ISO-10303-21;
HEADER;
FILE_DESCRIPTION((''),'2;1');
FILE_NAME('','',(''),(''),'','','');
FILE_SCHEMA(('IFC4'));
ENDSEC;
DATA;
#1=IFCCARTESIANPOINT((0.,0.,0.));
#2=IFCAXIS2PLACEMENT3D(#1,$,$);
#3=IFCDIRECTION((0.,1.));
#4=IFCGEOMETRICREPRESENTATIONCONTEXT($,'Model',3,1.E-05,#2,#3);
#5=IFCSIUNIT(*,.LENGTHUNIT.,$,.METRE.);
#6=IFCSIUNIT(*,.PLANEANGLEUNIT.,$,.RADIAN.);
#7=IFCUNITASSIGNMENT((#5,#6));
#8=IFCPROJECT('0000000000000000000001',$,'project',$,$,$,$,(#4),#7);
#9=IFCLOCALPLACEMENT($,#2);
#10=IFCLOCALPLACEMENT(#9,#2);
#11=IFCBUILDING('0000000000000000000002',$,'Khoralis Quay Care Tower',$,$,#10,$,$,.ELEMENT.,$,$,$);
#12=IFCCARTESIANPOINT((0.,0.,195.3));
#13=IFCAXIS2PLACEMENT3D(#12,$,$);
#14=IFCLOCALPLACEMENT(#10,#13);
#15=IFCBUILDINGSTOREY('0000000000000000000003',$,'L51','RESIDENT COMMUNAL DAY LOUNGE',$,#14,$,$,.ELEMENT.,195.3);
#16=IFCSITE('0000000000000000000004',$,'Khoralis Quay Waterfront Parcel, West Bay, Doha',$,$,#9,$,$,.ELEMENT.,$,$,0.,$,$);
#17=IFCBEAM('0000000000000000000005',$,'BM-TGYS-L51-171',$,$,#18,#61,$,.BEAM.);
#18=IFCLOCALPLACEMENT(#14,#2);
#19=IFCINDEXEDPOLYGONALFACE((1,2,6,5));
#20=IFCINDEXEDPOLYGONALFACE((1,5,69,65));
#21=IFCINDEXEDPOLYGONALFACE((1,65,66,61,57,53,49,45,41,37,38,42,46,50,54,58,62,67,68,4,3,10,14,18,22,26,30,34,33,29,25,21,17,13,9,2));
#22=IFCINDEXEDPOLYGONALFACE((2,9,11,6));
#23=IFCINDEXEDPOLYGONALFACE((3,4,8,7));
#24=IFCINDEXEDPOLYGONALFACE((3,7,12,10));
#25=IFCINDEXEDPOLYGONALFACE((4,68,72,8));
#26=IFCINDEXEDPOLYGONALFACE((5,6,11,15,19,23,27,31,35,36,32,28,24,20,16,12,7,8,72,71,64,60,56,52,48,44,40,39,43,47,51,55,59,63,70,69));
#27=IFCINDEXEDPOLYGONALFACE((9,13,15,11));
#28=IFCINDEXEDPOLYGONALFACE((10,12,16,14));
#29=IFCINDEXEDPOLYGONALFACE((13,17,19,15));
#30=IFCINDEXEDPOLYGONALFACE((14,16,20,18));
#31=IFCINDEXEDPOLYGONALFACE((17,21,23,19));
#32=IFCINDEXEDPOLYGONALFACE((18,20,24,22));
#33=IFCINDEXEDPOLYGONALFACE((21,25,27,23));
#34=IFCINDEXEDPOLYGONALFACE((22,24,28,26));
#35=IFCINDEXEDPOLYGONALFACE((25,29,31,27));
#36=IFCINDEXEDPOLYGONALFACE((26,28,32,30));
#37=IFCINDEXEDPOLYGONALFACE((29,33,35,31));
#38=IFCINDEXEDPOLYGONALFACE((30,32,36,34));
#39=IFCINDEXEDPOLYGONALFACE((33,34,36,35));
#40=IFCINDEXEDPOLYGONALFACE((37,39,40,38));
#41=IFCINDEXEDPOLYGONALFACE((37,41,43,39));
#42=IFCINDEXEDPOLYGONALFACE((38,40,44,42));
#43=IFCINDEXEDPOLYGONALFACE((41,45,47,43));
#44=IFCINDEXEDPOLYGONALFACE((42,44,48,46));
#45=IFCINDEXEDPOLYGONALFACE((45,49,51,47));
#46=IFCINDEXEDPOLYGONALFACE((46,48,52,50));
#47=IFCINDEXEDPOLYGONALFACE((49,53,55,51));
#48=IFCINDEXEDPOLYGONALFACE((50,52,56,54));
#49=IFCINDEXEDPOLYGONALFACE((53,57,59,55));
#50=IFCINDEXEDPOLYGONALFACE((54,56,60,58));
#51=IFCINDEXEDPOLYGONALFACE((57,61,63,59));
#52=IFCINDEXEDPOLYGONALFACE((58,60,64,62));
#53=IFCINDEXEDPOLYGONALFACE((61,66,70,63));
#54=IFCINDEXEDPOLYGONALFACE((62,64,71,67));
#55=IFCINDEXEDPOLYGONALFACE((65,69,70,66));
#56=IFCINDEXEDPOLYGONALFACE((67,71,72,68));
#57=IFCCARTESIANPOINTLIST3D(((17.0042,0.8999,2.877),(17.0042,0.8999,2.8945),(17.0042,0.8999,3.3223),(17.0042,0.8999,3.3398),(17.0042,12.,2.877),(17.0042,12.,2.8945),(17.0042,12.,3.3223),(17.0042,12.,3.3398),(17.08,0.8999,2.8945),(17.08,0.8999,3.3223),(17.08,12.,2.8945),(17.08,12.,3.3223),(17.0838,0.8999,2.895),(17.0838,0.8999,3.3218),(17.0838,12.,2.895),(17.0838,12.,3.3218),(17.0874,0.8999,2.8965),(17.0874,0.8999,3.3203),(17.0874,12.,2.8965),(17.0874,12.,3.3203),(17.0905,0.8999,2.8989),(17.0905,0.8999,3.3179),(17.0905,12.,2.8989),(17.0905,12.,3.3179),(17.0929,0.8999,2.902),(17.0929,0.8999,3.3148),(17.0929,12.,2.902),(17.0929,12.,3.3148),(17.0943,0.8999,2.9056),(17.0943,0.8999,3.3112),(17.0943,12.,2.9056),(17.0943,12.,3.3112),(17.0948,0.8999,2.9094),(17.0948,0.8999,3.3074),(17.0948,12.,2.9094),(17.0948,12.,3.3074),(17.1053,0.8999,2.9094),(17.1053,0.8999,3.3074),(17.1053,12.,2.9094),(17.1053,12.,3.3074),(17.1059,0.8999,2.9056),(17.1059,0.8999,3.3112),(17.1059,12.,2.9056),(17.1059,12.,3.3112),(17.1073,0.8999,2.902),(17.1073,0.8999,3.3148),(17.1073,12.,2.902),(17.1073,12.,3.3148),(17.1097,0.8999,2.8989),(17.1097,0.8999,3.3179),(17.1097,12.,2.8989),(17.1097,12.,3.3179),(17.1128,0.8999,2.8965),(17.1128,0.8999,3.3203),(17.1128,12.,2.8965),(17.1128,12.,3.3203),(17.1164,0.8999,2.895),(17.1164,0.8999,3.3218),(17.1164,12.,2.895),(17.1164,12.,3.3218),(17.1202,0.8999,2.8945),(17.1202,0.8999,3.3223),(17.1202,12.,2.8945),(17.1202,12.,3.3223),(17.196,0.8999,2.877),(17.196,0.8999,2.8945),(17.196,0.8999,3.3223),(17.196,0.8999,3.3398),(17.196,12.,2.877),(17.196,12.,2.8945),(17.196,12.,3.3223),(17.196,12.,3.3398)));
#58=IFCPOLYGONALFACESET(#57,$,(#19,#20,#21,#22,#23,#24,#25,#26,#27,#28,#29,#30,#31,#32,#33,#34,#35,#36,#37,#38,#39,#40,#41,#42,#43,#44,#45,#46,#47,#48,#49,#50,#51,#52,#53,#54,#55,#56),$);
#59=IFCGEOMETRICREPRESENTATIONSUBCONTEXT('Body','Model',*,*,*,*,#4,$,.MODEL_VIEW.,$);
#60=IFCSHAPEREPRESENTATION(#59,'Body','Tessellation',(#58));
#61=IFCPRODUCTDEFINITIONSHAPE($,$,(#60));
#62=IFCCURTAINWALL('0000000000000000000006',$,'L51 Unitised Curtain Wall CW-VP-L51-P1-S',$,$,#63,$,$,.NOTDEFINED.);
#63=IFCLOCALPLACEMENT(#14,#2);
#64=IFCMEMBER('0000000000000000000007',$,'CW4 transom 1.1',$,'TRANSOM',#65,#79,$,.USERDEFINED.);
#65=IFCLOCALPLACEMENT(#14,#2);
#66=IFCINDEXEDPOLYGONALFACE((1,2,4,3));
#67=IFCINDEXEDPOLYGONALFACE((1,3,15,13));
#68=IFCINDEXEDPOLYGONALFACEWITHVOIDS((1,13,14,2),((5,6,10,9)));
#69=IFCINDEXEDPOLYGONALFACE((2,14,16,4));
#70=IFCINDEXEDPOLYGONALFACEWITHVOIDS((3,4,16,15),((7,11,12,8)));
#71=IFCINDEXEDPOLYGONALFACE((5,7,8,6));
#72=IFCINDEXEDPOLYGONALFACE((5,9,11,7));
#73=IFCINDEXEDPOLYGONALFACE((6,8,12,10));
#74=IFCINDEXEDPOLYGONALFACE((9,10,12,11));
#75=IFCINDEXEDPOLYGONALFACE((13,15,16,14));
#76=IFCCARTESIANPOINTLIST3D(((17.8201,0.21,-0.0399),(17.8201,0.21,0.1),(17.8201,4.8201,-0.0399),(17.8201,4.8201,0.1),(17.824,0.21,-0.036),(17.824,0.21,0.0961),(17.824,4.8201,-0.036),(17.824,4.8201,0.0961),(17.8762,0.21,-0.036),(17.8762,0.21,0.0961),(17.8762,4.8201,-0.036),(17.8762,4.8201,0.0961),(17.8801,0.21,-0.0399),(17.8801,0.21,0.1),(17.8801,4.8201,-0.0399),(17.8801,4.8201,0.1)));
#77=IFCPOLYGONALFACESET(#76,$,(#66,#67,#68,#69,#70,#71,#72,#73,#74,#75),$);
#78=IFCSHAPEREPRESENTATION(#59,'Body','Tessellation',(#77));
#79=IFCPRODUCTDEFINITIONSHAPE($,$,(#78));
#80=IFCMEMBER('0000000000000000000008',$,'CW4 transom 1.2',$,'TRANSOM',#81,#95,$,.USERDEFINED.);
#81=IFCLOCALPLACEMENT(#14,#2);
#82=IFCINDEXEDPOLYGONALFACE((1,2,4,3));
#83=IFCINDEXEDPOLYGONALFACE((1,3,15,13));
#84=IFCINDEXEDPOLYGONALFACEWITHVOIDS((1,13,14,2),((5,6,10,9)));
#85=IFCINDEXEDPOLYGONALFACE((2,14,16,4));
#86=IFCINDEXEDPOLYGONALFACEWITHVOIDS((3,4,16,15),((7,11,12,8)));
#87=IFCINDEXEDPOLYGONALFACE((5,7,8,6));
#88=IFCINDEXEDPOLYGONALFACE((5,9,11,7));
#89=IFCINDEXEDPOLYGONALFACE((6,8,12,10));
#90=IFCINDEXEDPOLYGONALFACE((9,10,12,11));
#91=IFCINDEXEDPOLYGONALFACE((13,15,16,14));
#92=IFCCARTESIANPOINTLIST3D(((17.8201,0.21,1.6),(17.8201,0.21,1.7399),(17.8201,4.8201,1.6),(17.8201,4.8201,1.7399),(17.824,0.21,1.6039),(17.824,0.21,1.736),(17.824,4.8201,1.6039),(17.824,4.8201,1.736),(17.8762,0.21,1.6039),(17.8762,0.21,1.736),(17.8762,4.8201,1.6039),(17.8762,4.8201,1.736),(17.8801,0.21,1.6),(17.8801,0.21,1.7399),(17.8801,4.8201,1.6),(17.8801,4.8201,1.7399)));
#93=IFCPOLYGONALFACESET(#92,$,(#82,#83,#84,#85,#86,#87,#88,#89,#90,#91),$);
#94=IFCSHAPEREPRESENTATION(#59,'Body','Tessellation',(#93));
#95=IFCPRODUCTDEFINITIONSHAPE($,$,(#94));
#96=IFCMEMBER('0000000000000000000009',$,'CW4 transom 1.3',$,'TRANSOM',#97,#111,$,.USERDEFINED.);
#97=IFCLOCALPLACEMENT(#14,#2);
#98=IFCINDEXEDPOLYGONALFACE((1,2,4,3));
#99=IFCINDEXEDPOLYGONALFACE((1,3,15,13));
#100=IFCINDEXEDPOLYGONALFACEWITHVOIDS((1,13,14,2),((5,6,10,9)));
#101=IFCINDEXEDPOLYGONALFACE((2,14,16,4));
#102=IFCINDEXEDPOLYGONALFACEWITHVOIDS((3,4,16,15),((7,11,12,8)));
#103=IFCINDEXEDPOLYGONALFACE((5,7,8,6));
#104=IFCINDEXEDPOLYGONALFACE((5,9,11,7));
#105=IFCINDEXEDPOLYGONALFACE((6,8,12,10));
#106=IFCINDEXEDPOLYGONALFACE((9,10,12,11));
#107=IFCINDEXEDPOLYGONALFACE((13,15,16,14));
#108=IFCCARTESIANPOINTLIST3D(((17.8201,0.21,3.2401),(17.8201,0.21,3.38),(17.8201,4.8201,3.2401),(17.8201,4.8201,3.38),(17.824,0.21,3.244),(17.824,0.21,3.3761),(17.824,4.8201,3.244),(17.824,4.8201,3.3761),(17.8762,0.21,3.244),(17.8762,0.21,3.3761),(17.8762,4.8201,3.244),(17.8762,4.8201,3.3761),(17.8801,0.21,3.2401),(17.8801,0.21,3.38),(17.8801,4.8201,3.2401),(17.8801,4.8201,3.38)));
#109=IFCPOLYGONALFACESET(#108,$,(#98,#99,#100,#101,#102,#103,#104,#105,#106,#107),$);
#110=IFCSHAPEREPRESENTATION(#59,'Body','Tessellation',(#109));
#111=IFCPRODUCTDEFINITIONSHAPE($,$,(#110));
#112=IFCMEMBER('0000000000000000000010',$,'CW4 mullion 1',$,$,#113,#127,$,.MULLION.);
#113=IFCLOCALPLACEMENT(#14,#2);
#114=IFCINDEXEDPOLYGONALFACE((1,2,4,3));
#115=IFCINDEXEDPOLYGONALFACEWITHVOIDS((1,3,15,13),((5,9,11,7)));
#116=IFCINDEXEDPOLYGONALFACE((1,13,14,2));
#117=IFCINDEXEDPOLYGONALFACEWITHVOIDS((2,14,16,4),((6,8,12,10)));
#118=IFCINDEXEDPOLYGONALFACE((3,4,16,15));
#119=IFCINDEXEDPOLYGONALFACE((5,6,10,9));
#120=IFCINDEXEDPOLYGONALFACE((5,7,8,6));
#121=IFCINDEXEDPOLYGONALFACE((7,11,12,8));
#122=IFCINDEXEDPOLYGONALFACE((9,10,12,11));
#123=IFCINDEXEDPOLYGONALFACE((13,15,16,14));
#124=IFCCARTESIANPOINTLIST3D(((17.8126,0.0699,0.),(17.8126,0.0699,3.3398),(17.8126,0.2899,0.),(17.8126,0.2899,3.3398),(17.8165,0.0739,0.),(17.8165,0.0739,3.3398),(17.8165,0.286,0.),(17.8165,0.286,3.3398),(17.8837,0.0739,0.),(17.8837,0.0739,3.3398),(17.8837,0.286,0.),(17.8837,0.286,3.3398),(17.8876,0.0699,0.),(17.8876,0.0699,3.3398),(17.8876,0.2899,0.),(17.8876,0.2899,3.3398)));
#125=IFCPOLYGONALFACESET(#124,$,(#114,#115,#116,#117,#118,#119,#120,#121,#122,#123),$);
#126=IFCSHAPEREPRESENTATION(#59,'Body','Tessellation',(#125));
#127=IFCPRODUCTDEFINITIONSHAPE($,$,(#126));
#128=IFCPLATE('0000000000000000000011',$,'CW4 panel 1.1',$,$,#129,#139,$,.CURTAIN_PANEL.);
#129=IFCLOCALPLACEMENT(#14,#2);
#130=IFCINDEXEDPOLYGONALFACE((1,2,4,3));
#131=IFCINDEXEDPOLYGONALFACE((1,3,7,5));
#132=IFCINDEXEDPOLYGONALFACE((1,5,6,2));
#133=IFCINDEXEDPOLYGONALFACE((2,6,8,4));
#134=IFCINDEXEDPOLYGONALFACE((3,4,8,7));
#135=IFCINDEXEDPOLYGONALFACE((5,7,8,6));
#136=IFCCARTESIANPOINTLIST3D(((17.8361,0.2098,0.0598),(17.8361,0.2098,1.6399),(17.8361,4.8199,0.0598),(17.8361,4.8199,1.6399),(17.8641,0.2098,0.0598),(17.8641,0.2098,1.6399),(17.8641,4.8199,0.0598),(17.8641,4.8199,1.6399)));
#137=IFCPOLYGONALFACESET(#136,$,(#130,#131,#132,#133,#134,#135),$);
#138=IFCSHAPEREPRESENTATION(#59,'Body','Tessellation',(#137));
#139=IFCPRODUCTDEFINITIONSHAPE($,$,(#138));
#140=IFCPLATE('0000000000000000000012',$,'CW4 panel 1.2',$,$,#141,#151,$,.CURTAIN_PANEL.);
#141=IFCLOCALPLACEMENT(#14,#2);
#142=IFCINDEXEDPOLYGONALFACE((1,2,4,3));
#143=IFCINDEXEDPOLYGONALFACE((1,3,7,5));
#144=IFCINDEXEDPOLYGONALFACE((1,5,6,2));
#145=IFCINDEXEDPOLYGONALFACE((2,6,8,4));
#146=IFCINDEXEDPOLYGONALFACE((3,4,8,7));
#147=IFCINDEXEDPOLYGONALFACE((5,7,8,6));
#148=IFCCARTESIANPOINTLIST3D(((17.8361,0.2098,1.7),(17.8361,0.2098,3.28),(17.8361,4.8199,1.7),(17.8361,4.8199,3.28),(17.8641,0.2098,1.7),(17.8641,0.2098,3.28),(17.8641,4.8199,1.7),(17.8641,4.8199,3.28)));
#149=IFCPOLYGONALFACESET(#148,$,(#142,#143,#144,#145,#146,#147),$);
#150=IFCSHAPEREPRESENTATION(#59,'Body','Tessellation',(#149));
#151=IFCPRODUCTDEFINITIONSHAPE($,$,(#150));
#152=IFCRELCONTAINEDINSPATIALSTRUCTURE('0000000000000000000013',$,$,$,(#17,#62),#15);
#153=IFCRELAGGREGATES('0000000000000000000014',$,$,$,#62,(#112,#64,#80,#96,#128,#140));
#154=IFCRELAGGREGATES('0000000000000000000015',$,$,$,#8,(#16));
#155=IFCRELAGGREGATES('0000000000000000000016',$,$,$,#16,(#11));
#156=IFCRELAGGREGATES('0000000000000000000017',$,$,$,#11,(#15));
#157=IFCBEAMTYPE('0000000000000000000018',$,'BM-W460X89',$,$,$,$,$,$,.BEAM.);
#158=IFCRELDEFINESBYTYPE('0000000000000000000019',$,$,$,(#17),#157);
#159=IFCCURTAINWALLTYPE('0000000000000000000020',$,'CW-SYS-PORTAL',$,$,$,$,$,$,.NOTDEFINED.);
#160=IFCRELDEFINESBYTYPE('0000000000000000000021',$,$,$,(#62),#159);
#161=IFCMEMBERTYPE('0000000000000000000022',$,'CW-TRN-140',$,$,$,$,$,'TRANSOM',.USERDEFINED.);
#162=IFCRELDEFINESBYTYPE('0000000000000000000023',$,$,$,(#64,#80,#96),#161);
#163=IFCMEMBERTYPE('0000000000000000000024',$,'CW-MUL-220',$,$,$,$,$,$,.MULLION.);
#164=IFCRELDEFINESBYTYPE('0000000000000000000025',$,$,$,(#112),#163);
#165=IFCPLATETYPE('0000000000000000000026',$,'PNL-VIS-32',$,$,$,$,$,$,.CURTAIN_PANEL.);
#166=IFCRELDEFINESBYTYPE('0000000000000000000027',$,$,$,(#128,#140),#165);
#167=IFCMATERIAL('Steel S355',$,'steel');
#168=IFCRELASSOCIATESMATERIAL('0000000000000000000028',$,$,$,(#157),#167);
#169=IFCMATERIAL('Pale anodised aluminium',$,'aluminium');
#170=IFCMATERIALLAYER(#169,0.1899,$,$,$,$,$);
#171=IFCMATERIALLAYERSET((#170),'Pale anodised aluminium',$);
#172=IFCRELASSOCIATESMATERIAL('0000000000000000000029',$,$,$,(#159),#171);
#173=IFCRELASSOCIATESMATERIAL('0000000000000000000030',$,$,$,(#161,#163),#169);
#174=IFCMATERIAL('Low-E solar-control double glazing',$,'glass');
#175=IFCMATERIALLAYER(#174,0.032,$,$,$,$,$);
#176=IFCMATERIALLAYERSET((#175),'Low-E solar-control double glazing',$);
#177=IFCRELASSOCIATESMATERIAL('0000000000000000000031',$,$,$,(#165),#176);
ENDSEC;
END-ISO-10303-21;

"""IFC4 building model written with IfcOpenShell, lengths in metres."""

from ifc_helpers import new_model, si_unit, direction, frame, origin, origin_2d, place, context, subcontext, project, spatial, rectangle, hollow_rectangle, i_section, extrude, source, transform, mapped, material, layer, layer_set, material_profile, profile_set, type_object, element, aggregate, save


model = new_model("IFC4")

# Units and contexts
model_context = context("Model", 3, precision=1e-05, world=origin(), true_north=direction((0.0, 1.0)))
body_context = subcontext(model_context, "Body", "Model", "MODEL_VIEW")
ifc_project = project(units=[si_unit("LENGTHUNIT", "METRE"), si_unit("PLANEANGLEUNIT", "RADIAN")], contexts=[model_context])

# Site, building, storey
site_placement = place(None, origin())
site = spatial("IfcSite", under=ifc_project, at=site_placement, Name="Khoralis Quay Waterfront Parcel, West Bay, Doha", CompositionType="ELEMENT", RefElevation=0.0)
building_placement = place(site_placement, origin())
building = spatial("IfcBuilding", under=site, at=building_placement, Name="Khoralis Quay Care Tower", CompositionType="ELEMENT")
storey_placement = place(building_placement, frame((0.0, 0.0, 195.3)))
storey = spatial("IfcBuildingStorey", under=building, at=storey_placement, Name="L51", Description="RESIDENT COMMUNAL DAY LOUNGE", CompositionType="ELEMENT", Elevation=195.3)

# Beam
ifc_material_1 = material(Name="Steel S355", Category="steel")
ifc_material_profile_1 = material_profile(ifc_material_1, i_section(OverallWidth=0.1919, OverallDepth=0.4629, WebThickness=0.0105, FlangeThickness=0.0176, FilletRadius=0.0149, at=origin_2d()), Name="Steel S355")
ifc_profile_set_1 = profile_set([ifc_material_profile_1], Name="Steel S355")
beam_type_1 = type_object("IfcBeamType", Name="BM-W460X89", PredefinedType="BEAM", material=ifc_profile_set_1)
shared_shape_1 = source(origin(), body_context, "Body", "SweptSolid", [
    extrude(i_section(OverallWidth=0.1919, OverallDepth=0.4629, WebThickness=0.0105, FlangeThickness=0.0176, FilletRadius=0.0149, at=origin_2d()), origin(), (0.0, 0.0, 1.0), 11.1001),
])
beam_1_placement = place(storey_placement, frame((17.1001, 0.8999, 3.1084), z_axis=(0.0, 1.0, 0.0), x_axis=(-1.0, 0.0, 0.0)))
element("IfcBeam", 1, at=beam_1_placement, inside=storey, type_object=beam_type_1, Name="BM-TGYS-L51-171", PredefinedType="BEAM", context=body_context, shape_type="MappedRepresentation", body=[
    mapped(shared_shape_1, transform((0.0, 0.0, 0.0), scale=1.0)),
])

# Curtain wall, members, plates
ifc_material_2 = material(Name="Pale anodised aluminium", Category="aluminium")
ifc_layer_1 = layer(ifc_material_2, 0.1899)
ifc_layer_set_1 = layer_set([ifc_layer_1], Name="Pale anodised aluminium")
curtain_wall_type = type_object("IfcCurtainWallType", Name="CW-SYS-PORTAL", PredefinedType="NOTDEFINED", material=ifc_layer_set_1)
curtain_wall_placement = place(storey_placement, origin())
curtain_wall = element("IfcCurtainWall", 2, at=curtain_wall_placement, inside=storey, type_object=curtain_wall_type, Name="L51 Unitised Curtain Wall CW-VP-L51-P1-S", PredefinedType="NOTDEFINED")
ifc_material_profile_2 = material_profile(ifc_material_2, hollow_rectangle(XDim=0.0601, YDim=0.1399, WallThickness=0.0039, at=origin_2d()), Name="Pale anodised aluminium")
ifc_profile_set_2 = profile_set([ifc_material_profile_2], Name="Pale anodised aluminium")
member_type_1 = type_object("IfcMemberType", Name="CW-TRN-140", ElementType="TRANSOM", PredefinedType="USERDEFINED", material=ifc_profile_set_2)
shared_shape_2 = source(origin(), body_context, "Body", "SweptSolid", [
    extrude(hollow_rectangle(XDim=0.0601, YDim=0.1399, WallThickness=0.0039, at=origin_2d()), origin(), (0.0, 0.0, 1.0), 4.6101),
])
member_1_placement = place(storey_placement, frame((17.8501, 0.21, 0.03), z_axis=(0.0, 1.0, 0.0), x_axis=(-1.0, 0.0, 0.0)))
member_1 = element("IfcMember", 3, at=member_1_placement, type_object=member_type_1, Name="CW4 transom 1.1", ObjectType="TRANSOM", PredefinedType="USERDEFINED", context=body_context, shape_type="MappedRepresentation", body=[
    mapped(shared_shape_2, transform((0.0, 0.0, 0.0), scale=1.0)),
])
member_2_placement = place(storey_placement, frame((17.8501, 0.21, 1.6699), z_axis=(0.0, 1.0, 0.0), x_axis=(-1.0, 0.0, 0.0)))
member_2 = element("IfcMember", 4, at=member_2_placement, type_object=member_type_1, Name="CW4 transom 1.2", ObjectType="TRANSOM", PredefinedType="USERDEFINED", context=body_context, shape_type="MappedRepresentation", body=[
    mapped(shared_shape_2, transform((0.0, 0.0, 0.0), scale=1.0)),
])
member_3_placement = place(storey_placement, frame((17.8501, 0.21, 3.3101), z_axis=(0.0, 1.0, 0.0), x_axis=(-1.0, 0.0, 0.0)))
member_3 = element("IfcMember", 5, at=member_3_placement, type_object=member_type_1, Name="CW4 transom 1.3", ObjectType="TRANSOM", PredefinedType="USERDEFINED", context=body_context, shape_type="MappedRepresentation", body=[
    mapped(shared_shape_2, transform((0.0, 0.0, 0.0), scale=1.0)),
])
ifc_material_profile_3 = material_profile(ifc_material_2, hollow_rectangle(XDim=0.075, YDim=0.22, WallThickness=0.0039, at=origin_2d()), Name="Pale anodised aluminium")
ifc_profile_set_3 = profile_set([ifc_material_profile_3], Name="Pale anodised aluminium")
member_type_2 = type_object("IfcMemberType", Name="CW-MUL-220", PredefinedType="MULLION", material=ifc_profile_set_3)
shared_shape_3 = source(origin(), body_context, "Body", "SweptSolid", [
    extrude(hollow_rectangle(XDim=0.075, YDim=0.22, WallThickness=0.0039, at=origin_2d()), origin(), (0.0, 0.0, 1.0), 3.3398),
])
member_4_placement = place(storey_placement, frame((17.8501, 0.1799, 0.0), z_axis=(0.0, 0.0, 1.0), x_axis=(-1.0, 0.0, 0.0)))
member_4 = element("IfcMember", 6, at=member_4_placement, type_object=member_type_2, Name="CW4 mullion 1", PredefinedType="MULLION", context=body_context, shape_type="MappedRepresentation", body=[
    mapped(shared_shape_3, transform((0.0, 0.0, 0.0), scale=1.0)),
])
ifc_material_3 = material(Name="Low-E solar-control double glazing", Category="glass")
ifc_layer_2 = layer(ifc_material_3, 0.032)
ifc_layer_set_2 = layer_set([ifc_layer_2], Name="Low-E solar-control double glazing")
plate_type = type_object("IfcPlateType", Name="PNL-VIS-32", PredefinedType="CURTAIN_PANEL", material=ifc_layer_set_2)
shared_shape_4 = source(origin(), body_context, "Body", "SweptSolid", [
    extrude(rectangle(XDim=4.6101, YDim=0.0281, at=origin_2d()), origin(), (0.0, 0.0, 1.0), 1.5801),
])
plate_1_placement = place(storey_placement, frame((17.8501, 2.5149, 0.0598), z_axis=(0.0, 0.0, 1.0), x_axis=(0.0, 1.0, 0.0)))
plate_1 = element("IfcPlate", 7, at=plate_1_placement, type_object=plate_type, Name="CW4 panel 1.1", PredefinedType="CURTAIN_PANEL", context=body_context, shape_type="MappedRepresentation", body=[
    mapped(shared_shape_4, transform((0.0, 0.0, 0.0), scale=1.0)),
])
plate_2_placement = place(storey_placement, frame((17.8501, 2.5149, 1.7), z_axis=(0.0, 0.0, 1.0), x_axis=(0.0, 1.0, 0.0)))
plate_2 = element("IfcPlate", 8, at=plate_2_placement, type_object=plate_type, Name="CW4 panel 1.2", PredefinedType="CURTAIN_PANEL", context=body_context, shape_type="MappedRepresentation", body=[
    mapped(shared_shape_4, transform((0.0, 0.0, 0.0), scale=1.0)),
])
aggregate(curtain_wall, [member_4, member_1, member_2, member_3, plate_1, plate_2])

save(model, "model.ifc")
